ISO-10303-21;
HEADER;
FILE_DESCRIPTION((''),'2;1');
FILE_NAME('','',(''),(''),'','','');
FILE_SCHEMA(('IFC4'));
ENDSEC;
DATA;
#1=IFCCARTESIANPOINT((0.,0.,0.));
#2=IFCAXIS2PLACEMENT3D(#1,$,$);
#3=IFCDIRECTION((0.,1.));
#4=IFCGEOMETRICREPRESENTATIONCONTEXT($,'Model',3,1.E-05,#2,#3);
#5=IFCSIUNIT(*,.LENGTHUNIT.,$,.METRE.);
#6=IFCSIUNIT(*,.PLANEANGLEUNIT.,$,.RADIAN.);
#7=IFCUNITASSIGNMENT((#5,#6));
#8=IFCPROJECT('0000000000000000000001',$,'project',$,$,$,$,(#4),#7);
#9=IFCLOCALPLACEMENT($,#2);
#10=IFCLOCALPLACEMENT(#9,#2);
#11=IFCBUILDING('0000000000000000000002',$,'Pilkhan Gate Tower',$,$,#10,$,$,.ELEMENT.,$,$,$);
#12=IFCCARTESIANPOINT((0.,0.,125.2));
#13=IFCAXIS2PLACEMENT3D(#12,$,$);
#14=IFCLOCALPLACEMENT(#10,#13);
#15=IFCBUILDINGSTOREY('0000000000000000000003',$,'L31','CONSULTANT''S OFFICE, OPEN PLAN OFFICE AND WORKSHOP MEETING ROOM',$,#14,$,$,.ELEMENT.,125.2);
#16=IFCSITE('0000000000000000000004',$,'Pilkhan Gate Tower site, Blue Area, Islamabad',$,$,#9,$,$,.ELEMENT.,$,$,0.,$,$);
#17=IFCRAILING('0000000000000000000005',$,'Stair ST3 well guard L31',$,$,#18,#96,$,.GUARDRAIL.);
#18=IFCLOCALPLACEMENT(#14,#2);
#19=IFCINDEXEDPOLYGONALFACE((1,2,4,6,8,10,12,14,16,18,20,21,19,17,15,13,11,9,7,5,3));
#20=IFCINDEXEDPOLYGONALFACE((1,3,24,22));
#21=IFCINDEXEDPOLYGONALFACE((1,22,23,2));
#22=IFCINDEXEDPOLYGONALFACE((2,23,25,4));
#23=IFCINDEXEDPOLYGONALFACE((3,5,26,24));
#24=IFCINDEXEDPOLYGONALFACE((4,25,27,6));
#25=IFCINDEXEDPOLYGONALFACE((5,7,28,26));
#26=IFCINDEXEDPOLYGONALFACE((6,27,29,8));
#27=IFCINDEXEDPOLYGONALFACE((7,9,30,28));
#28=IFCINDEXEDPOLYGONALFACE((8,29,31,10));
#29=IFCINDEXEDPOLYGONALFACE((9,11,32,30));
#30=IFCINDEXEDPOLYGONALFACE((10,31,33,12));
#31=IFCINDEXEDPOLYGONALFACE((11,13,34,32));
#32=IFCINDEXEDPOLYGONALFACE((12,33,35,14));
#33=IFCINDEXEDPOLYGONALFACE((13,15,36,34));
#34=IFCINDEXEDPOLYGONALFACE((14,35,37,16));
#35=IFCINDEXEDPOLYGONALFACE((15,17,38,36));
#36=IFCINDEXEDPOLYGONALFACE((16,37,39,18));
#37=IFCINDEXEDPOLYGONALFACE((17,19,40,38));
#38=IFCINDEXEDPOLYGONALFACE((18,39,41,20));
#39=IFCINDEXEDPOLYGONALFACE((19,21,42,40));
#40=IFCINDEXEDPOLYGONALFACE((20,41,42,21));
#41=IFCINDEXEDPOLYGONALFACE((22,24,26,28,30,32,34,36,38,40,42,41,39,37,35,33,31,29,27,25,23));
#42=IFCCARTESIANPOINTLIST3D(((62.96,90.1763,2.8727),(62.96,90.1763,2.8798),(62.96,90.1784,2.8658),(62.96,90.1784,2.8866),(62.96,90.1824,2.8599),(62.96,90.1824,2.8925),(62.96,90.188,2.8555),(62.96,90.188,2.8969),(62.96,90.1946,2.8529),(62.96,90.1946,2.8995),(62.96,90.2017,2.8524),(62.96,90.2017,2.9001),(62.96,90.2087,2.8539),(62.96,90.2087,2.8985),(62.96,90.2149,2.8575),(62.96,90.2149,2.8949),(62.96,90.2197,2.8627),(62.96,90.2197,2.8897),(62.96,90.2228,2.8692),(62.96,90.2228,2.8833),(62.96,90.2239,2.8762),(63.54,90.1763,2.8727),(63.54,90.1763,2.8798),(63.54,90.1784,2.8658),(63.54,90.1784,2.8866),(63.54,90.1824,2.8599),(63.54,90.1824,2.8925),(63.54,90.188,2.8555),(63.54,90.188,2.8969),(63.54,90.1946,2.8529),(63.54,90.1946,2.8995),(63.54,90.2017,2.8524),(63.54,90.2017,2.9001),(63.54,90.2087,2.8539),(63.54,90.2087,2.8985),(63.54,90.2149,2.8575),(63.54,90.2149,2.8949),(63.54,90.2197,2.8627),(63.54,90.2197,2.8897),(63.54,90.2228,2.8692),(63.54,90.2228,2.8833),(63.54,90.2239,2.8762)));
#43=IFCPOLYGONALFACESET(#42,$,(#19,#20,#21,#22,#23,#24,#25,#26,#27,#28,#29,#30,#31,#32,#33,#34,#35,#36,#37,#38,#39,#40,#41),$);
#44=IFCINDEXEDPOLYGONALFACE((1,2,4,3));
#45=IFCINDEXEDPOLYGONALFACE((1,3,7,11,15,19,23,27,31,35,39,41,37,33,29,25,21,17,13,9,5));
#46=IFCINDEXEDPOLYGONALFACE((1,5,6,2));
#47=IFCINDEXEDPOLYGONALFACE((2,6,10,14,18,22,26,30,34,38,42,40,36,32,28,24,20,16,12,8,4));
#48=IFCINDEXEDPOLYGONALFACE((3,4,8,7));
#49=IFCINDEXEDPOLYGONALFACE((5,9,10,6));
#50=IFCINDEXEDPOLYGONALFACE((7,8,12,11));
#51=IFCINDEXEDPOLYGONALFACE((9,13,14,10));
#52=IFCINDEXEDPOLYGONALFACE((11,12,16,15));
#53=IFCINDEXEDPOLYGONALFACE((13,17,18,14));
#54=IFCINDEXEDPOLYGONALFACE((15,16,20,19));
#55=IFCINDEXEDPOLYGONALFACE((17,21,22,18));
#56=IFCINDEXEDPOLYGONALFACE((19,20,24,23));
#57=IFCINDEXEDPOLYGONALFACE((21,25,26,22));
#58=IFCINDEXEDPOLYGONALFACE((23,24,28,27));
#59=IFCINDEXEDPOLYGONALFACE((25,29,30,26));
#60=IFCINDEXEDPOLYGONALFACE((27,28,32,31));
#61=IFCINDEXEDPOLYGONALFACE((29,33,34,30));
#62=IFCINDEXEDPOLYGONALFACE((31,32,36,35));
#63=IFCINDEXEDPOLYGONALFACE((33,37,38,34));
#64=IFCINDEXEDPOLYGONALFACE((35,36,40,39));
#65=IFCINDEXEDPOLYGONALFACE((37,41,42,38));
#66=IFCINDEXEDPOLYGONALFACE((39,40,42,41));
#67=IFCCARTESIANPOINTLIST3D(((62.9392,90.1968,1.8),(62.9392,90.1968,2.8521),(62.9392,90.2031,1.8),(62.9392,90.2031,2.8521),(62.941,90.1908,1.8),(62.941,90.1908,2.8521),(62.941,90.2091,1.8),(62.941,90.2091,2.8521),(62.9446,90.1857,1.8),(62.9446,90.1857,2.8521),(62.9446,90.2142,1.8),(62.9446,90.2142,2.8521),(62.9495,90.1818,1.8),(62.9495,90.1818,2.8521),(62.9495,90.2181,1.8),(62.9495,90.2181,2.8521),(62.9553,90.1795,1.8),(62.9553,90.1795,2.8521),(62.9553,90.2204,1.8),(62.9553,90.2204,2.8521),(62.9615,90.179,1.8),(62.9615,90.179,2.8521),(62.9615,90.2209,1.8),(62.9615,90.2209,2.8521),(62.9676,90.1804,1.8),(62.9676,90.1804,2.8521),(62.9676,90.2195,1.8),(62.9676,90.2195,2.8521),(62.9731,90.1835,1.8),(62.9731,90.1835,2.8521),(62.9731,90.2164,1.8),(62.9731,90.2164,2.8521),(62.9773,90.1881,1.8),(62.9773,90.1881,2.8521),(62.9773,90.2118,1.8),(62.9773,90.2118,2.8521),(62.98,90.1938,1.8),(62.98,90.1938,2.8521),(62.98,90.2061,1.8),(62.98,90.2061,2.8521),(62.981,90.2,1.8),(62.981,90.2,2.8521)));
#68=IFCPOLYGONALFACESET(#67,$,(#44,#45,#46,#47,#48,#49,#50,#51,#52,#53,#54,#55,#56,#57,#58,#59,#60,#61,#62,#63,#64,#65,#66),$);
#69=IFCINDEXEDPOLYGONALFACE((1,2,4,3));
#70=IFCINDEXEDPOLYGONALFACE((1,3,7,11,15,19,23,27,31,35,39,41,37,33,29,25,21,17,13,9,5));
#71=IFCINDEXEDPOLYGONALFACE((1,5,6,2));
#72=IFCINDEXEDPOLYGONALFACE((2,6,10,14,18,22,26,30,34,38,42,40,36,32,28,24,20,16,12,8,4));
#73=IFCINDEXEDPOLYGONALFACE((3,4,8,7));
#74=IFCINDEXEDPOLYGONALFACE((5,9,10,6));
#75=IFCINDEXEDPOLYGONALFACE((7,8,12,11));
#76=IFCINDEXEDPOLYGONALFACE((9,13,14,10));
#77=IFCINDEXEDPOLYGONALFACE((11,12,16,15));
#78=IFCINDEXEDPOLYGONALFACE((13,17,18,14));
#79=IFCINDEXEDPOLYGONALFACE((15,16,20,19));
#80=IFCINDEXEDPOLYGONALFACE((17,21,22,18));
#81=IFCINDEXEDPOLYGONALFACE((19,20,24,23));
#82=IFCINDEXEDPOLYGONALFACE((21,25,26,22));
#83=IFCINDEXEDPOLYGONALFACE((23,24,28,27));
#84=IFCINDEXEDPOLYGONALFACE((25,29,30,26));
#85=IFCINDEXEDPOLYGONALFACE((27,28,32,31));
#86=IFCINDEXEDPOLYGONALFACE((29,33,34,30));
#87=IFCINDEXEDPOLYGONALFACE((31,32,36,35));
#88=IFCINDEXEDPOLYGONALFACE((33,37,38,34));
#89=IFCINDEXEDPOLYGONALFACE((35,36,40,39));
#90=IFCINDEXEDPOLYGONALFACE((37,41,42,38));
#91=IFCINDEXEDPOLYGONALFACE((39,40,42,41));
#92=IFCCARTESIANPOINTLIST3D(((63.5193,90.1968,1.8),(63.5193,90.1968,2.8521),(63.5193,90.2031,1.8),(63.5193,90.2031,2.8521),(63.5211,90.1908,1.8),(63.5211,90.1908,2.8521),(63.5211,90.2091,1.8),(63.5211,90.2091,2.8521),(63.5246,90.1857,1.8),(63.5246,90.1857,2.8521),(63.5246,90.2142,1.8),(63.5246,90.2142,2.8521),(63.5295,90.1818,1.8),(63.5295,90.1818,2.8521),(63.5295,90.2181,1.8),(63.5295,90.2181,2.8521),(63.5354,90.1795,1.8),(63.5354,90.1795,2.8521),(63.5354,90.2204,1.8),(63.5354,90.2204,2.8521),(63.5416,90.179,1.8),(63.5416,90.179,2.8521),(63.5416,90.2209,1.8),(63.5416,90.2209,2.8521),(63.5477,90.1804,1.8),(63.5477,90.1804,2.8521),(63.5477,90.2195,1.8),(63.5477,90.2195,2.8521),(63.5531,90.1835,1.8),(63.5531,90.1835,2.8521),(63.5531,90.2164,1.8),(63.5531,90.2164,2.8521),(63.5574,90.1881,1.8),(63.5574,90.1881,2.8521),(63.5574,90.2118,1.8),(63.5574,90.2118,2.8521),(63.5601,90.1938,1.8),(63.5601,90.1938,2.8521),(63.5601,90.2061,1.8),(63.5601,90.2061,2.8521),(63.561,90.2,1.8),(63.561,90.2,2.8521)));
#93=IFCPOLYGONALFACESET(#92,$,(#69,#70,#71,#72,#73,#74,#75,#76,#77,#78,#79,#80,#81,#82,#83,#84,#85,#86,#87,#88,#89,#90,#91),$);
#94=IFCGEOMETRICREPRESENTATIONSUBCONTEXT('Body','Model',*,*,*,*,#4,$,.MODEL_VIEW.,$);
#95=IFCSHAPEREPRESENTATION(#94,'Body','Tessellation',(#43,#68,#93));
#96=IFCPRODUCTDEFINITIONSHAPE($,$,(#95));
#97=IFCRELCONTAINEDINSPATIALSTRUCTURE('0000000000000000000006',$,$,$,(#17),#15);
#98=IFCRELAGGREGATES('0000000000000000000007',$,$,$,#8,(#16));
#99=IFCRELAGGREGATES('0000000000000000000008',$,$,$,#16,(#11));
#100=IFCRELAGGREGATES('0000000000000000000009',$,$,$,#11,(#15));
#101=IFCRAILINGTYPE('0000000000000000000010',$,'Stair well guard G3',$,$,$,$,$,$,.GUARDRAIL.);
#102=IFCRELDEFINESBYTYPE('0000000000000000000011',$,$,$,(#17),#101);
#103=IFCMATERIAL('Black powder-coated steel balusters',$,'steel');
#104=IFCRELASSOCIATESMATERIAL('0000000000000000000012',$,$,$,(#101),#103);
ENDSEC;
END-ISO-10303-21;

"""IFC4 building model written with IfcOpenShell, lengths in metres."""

from ifc_helpers import new_model, si_unit, direction, frame, origin, origin_2d, place, context, subcontext, project, spatial, circle, extrude, material, type_object, element, save


model = new_model("IFC4")

# Units and contexts
model_context = context("Model", 3, precision=1e-05, world=origin(), true_north=direction((0.0, 1.0)))
body_context = subcontext(model_context, "Body", "Model", "MODEL_VIEW")
ifc_project = project(units=[si_unit("LENGTHUNIT", "METRE"), si_unit("PLANEANGLEUNIT", "RADIAN")], contexts=[model_context])

# Site, building, storey
site_placement = place(None, origin())
site = spatial("IfcSite", under=ifc_project, at=site_placement, Name="Pilkhan Gate Tower site, Blue Area, Islamabad", CompositionType="ELEMENT", RefElevation=0.0)
building_placement = place(site_placement, origin())
building = spatial("IfcBuilding", under=site, at=building_placement, Name="Pilkhan Gate Tower", CompositionType="ELEMENT")
storey_placement = place(building_placement, frame((0.0, 0.0, 125.2)))
storey = spatial("IfcBuildingStorey", under=building, at=storey_placement, Name="L31", Description="CONSULTANT'S OFFICE, OPEN PLAN OFFICE AND WORKSHOP MEETING ROOM", CompositionType="ELEMENT", Elevation=125.2)

# Railing
ifc_material_1 = material(Name="Black powder-coated steel balusters", Category="steel")
railing_type_1 = type_object("IfcRailingType", Name="Stair well guard G3", PredefinedType="GUARDRAIL", material=ifc_material_1)
for number, where, name in (
    (1, (62.96, 90.2, 1.8), "Stair ST3 well guard L31"),
):
    element("IfcRailing", number, at=place(storey_placement, frame(where)), inside=storey, type_object=railing_type_1, Name=name, PredefinedType="GUARDRAIL", context=body_context, shape_type="SweptSolid", body=[
        extrude(circle(Radius=0.0239, at=origin_2d()), frame((0.0, 0.0, 1.0762), z_axis=(1.0, 0.0, 0.0), x_axis=(0.0, 1.0, 0.0)), (0.0, 0.0, 1.0), 0.5801),
        extrude(circle(Radius=0.021, at=origin_2d()), origin(), (0.0, 0.0, 1.0), 1.052),
        extrude(circle(Radius=0.021, at=origin_2d()), frame((0.5801, 0.0, 0.0)), (0.0, 0.0, 1.0), 1.052),
    ])

save(model, "model.ifc")
